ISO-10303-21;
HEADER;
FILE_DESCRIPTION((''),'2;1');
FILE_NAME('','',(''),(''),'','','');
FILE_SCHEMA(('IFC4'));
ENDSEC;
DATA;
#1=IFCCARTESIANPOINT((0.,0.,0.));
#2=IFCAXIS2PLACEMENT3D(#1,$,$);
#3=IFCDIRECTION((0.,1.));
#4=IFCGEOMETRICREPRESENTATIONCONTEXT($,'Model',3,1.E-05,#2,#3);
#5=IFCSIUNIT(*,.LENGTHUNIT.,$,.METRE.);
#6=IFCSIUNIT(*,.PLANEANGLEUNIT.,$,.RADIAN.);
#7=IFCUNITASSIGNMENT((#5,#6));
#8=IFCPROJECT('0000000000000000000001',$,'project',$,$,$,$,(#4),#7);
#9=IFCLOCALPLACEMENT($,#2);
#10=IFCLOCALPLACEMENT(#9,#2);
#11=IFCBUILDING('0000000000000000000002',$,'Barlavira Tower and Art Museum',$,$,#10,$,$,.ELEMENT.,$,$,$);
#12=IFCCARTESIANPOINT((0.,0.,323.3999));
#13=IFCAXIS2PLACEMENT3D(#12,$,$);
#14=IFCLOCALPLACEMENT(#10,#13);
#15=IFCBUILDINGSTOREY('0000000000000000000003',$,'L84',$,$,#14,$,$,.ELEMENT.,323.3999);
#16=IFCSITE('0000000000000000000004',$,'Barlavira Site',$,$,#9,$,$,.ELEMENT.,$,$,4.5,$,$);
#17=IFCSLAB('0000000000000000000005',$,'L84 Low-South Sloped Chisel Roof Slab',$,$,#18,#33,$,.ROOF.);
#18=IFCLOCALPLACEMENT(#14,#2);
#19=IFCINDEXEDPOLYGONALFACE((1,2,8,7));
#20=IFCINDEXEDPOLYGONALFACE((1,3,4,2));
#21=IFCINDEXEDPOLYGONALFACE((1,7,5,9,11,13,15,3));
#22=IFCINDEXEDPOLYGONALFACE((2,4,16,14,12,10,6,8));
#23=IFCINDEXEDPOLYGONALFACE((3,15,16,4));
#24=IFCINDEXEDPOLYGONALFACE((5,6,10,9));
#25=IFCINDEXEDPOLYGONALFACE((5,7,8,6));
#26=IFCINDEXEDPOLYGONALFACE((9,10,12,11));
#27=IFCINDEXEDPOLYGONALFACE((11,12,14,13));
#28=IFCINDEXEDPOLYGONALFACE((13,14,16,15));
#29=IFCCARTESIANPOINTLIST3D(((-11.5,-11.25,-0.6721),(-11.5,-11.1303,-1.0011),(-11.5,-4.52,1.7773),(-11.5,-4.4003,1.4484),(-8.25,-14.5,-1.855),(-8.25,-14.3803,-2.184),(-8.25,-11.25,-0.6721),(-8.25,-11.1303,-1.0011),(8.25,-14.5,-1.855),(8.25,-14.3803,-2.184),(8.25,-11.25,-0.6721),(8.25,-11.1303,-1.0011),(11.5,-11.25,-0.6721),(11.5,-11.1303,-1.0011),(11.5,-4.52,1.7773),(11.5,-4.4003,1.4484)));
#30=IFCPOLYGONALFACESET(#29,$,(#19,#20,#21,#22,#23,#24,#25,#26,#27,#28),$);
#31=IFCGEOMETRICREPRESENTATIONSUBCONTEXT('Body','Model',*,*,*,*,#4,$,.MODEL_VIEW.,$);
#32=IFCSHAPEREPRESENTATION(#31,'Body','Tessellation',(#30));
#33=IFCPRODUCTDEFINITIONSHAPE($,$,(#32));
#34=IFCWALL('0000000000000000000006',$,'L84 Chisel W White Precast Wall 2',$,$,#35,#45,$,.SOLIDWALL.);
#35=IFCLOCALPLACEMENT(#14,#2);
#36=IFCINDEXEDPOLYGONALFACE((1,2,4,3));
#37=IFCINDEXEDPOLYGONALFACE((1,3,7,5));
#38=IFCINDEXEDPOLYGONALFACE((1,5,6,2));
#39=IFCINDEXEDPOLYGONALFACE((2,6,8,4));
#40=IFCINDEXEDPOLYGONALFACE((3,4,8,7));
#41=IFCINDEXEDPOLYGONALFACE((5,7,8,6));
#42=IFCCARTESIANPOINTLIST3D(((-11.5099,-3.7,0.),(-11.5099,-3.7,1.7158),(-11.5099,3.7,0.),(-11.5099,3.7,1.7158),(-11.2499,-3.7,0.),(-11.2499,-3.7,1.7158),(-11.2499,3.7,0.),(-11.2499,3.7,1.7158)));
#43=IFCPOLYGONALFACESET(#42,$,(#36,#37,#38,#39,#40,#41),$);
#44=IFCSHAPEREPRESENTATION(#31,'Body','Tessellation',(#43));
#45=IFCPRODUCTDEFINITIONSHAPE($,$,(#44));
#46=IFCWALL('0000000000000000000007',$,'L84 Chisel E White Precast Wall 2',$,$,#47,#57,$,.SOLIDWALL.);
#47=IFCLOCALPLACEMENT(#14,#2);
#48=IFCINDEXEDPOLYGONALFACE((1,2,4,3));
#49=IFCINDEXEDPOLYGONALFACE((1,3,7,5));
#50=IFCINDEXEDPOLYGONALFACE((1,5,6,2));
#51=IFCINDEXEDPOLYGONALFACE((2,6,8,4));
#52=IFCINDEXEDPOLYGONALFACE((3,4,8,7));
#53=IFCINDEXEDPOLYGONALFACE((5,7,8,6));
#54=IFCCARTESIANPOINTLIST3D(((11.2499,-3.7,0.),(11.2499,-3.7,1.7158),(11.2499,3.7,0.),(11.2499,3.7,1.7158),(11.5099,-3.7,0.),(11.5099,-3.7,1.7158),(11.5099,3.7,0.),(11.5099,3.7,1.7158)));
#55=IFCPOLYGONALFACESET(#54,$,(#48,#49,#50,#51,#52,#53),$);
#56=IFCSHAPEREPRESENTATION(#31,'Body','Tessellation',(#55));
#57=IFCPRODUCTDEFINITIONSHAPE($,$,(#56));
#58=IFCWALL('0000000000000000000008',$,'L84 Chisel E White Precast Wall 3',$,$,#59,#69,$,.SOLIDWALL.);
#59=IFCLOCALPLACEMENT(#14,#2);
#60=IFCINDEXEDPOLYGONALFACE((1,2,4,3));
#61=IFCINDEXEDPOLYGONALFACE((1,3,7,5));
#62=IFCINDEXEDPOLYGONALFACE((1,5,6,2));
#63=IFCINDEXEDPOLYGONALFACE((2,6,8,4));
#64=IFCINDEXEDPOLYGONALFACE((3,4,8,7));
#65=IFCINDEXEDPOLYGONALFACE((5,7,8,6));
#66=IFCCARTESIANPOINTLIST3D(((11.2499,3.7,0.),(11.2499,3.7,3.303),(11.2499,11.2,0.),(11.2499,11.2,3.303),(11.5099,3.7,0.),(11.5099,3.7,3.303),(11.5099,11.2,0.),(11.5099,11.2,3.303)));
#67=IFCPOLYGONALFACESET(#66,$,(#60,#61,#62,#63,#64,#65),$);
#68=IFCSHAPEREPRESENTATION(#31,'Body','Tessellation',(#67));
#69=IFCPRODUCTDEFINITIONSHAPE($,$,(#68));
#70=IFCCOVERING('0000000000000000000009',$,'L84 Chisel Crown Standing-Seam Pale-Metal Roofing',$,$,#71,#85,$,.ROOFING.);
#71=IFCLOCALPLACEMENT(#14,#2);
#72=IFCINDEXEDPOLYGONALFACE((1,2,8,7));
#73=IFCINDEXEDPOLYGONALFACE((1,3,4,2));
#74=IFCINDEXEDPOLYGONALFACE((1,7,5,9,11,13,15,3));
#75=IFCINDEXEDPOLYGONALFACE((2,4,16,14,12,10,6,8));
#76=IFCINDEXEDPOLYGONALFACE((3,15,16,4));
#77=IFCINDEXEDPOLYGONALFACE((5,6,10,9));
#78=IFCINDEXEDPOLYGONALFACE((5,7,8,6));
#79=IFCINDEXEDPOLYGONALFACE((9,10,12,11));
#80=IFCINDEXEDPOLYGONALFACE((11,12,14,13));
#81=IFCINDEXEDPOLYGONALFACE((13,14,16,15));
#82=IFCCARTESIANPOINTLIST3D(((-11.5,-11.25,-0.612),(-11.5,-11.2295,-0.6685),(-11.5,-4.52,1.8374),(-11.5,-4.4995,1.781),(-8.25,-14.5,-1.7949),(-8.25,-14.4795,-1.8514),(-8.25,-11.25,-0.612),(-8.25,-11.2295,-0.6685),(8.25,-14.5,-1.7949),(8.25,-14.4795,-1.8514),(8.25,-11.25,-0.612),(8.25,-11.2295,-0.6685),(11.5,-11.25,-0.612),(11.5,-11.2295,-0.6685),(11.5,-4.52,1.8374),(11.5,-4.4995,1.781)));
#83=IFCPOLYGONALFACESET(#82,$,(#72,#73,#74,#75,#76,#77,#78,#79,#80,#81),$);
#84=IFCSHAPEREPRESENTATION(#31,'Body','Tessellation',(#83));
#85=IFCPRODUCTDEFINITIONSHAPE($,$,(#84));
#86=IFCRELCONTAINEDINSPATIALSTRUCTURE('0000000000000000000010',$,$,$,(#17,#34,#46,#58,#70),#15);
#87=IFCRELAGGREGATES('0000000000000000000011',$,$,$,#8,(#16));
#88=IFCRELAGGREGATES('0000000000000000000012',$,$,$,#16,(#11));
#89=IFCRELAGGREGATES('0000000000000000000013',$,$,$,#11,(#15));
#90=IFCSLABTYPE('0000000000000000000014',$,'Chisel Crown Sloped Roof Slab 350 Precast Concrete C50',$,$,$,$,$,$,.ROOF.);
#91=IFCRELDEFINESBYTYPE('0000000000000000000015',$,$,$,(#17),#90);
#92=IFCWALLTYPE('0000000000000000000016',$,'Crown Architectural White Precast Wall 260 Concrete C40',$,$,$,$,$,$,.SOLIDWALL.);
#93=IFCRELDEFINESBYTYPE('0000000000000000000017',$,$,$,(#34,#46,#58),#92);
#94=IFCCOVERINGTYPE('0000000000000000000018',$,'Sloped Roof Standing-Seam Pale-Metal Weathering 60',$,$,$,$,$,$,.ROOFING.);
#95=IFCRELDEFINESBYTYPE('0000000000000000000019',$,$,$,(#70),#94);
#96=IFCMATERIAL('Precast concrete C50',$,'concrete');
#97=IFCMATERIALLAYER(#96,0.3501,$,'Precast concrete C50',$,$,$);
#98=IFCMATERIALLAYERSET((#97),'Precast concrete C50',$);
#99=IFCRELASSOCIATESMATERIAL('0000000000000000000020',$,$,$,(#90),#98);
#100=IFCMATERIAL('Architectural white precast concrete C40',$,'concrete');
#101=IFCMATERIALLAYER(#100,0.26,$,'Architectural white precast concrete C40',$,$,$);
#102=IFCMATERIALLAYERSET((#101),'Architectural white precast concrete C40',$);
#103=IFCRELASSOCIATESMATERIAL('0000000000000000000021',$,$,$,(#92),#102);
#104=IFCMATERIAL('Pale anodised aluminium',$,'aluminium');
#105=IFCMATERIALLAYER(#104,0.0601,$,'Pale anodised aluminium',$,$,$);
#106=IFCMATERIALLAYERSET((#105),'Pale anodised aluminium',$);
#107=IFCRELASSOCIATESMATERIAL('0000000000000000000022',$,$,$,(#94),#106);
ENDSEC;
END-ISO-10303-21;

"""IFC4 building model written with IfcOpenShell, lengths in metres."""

from ifc_helpers import new_model, si_unit, direction, frame, frame_2d, origin, place, context, subcontext, project, spatial, polyline, rectangle, outline, extrude, material, layer, layer_set, type_object, element, save


model = new_model("IFC4")

# Units and contexts
model_context = context("Model", 3, precision=1e-05, world=origin(), true_north=direction((0.0, 1.0)))
body_context = subcontext(model_context, "Body", "Model", "MODEL_VIEW")
ifc_project = project(units=[si_unit("LENGTHUNIT", "METRE"), si_unit("PLANEANGLEUNIT", "RADIAN")], contexts=[model_context])

# Site, building, storey
site_placement = place(None, origin())
site = spatial("IfcSite", under=ifc_project, at=site_placement, Name="Barlavira Site", CompositionType="ELEMENT", RefElevation=4.5)
building_placement = place(site_placement, origin())
building = spatial("IfcBuilding", under=site, at=building_placement, Name="Barlavira Tower and Art Museum", CompositionType="ELEMENT")
storey_placement = place(building_placement, frame((0.0, 0.0, 323.3999)))
storey = spatial("IfcBuildingStorey", under=building, at=storey_placement, Name="L84", CompositionType="ELEMENT", Elevation=323.3999)

# Slab
ifc_material_1 = material(Name="Precast concrete C50", Category="concrete")
ifc_layer_1 = layer(ifc_material_1, 0.3501, Name="Precast concrete C50")
ifc_layer_set_1 = layer_set([ifc_layer_1], Name="Precast concrete C50")
slab_type = type_object("IfcSlabType", Name="Chisel Crown Sloped Roof Slab 350 Precast Concrete C50", PredefinedType="ROOF", material=ifc_layer_set_1)
slab_placement = place(storey_placement, frame((-8.25, -14.5, -1.855), z_axis=(0.0, -0.342013, 0.939695), x_axis=(1.0, 0.0, 0.0)))
element("IfcSlab", 1, at=slab_placement, inside=storey, type_object=slab_type, Name="L84 Low-South Sloped Chisel Roof Slab", PredefinedType="ROOF", context=body_context, shape_type="SweptSolid", body=[
    extrude(outline(polyline([(0.0, 0.0), (16.5, 0.0), (16.5, 3.4586), (19.75, 3.4586), (19.75, 10.6204), (-3.25, 10.6204), (-3.25, 3.4586), (0.0, 3.4586), (0.0, 0.0)])), origin(), (0.0, 0.0, -1.0), 0.3501),
])

# Walls
ifc_material_2 = material(Name="Architectural white precast concrete C40", Category="concrete")
ifc_layer_2 = layer(ifc_material_2, 0.26, Name="Architectural white precast concrete C40")
ifc_layer_set_2 = layer_set([ifc_layer_2], Name="Architectural white precast concrete C40")
wall_type = type_object("IfcWallType", Name="Crown Architectural White Precast Wall 260 Concrete C40", PredefinedType="SOLIDWALL", material=ifc_layer_set_2)
for number, where, z_axis, x_axis, name in (
    (2, (-11.3799, 3.7, 0.0), (0.0, 0.0, 1.0), (0.0, -1.0, 0.0), "L84 Chisel W White Precast Wall 2"),
    (3, (11.3799, -3.7, 0.0), (0.0, 0.0, 1.0), (0.0, 1.0, 0.0), "L84 Chisel E White Precast Wall 2"),
):
    element("IfcWall", number, at=place(storey_placement, frame(where, z_axis=z_axis, x_axis=x_axis)), inside=storey, type_object=wall_type, Name=name, PredefinedType="SOLIDWALL", context=body_context, shape_type="SweptSolid", body=[
        extrude(rectangle(XDim=7.3999, YDim=0.26, at=frame_2d((3.7, 0.0))), origin(), (0.0, 0.0, 1.0), 1.7158),
    ])
wall_placement = place(storey_placement, frame((11.3799, 3.7, 0.0), z_axis=(0.0, 0.0, 1.0), x_axis=(0.0, 1.0, 0.0)))
element("IfcWall", 4, at=wall_placement, inside=storey, type_object=wall_type, Name="L84 Chisel E White Precast Wall 3", PredefinedType="SOLIDWALL", context=body_context, shape_type="SweptSolid", body=[
    extrude(rectangle(XDim=7.5, YDim=0.26, at=frame_2d((3.75, 0.0))), origin(), (0.0, 0.0, 1.0), 3.303),
])

# Covering
ifc_material_3 = material(Name="Pale anodised aluminium", Category="aluminium")
ifc_layer_3 = layer(ifc_material_3, 0.0601, Name="Pale anodised aluminium")
ifc_layer_set_3 = layer_set([ifc_layer_3], Name="Pale anodised aluminium")
covering_type = type_object("IfcCoveringType", Name="Sloped Roof Standing-Seam Pale-Metal Weathering 60", PredefinedType="ROOFING", material=ifc_layer_set_3)
covering_placement = place(storey_placement, frame((-8.25, -14.5, -1.7949), z_axis=(0.0, -0.342013, 0.939695), x_axis=(1.0, 0.0, 0.0)))
element("IfcCovering", 5, at=covering_placement, inside=storey, type_object=covering_type, Name="L84 Chisel Crown Standing-Seam Pale-Metal Roofing", PredefinedType="ROOFING", context=body_context, shape_type="SweptSolid", body=[
    extrude(outline(polyline([(0.0, 0.0), (16.5, 0.0), (16.5, 3.4586), (19.75, 3.4586), (19.75, 10.6204), (-3.25, 10.6204), (-3.25, 3.4586), (0.0, 3.4586), (0.0, 0.0)])), origin(), (0.0, 0.0, -1.0), 0.0601),
])

save(model, "model.ifc")
